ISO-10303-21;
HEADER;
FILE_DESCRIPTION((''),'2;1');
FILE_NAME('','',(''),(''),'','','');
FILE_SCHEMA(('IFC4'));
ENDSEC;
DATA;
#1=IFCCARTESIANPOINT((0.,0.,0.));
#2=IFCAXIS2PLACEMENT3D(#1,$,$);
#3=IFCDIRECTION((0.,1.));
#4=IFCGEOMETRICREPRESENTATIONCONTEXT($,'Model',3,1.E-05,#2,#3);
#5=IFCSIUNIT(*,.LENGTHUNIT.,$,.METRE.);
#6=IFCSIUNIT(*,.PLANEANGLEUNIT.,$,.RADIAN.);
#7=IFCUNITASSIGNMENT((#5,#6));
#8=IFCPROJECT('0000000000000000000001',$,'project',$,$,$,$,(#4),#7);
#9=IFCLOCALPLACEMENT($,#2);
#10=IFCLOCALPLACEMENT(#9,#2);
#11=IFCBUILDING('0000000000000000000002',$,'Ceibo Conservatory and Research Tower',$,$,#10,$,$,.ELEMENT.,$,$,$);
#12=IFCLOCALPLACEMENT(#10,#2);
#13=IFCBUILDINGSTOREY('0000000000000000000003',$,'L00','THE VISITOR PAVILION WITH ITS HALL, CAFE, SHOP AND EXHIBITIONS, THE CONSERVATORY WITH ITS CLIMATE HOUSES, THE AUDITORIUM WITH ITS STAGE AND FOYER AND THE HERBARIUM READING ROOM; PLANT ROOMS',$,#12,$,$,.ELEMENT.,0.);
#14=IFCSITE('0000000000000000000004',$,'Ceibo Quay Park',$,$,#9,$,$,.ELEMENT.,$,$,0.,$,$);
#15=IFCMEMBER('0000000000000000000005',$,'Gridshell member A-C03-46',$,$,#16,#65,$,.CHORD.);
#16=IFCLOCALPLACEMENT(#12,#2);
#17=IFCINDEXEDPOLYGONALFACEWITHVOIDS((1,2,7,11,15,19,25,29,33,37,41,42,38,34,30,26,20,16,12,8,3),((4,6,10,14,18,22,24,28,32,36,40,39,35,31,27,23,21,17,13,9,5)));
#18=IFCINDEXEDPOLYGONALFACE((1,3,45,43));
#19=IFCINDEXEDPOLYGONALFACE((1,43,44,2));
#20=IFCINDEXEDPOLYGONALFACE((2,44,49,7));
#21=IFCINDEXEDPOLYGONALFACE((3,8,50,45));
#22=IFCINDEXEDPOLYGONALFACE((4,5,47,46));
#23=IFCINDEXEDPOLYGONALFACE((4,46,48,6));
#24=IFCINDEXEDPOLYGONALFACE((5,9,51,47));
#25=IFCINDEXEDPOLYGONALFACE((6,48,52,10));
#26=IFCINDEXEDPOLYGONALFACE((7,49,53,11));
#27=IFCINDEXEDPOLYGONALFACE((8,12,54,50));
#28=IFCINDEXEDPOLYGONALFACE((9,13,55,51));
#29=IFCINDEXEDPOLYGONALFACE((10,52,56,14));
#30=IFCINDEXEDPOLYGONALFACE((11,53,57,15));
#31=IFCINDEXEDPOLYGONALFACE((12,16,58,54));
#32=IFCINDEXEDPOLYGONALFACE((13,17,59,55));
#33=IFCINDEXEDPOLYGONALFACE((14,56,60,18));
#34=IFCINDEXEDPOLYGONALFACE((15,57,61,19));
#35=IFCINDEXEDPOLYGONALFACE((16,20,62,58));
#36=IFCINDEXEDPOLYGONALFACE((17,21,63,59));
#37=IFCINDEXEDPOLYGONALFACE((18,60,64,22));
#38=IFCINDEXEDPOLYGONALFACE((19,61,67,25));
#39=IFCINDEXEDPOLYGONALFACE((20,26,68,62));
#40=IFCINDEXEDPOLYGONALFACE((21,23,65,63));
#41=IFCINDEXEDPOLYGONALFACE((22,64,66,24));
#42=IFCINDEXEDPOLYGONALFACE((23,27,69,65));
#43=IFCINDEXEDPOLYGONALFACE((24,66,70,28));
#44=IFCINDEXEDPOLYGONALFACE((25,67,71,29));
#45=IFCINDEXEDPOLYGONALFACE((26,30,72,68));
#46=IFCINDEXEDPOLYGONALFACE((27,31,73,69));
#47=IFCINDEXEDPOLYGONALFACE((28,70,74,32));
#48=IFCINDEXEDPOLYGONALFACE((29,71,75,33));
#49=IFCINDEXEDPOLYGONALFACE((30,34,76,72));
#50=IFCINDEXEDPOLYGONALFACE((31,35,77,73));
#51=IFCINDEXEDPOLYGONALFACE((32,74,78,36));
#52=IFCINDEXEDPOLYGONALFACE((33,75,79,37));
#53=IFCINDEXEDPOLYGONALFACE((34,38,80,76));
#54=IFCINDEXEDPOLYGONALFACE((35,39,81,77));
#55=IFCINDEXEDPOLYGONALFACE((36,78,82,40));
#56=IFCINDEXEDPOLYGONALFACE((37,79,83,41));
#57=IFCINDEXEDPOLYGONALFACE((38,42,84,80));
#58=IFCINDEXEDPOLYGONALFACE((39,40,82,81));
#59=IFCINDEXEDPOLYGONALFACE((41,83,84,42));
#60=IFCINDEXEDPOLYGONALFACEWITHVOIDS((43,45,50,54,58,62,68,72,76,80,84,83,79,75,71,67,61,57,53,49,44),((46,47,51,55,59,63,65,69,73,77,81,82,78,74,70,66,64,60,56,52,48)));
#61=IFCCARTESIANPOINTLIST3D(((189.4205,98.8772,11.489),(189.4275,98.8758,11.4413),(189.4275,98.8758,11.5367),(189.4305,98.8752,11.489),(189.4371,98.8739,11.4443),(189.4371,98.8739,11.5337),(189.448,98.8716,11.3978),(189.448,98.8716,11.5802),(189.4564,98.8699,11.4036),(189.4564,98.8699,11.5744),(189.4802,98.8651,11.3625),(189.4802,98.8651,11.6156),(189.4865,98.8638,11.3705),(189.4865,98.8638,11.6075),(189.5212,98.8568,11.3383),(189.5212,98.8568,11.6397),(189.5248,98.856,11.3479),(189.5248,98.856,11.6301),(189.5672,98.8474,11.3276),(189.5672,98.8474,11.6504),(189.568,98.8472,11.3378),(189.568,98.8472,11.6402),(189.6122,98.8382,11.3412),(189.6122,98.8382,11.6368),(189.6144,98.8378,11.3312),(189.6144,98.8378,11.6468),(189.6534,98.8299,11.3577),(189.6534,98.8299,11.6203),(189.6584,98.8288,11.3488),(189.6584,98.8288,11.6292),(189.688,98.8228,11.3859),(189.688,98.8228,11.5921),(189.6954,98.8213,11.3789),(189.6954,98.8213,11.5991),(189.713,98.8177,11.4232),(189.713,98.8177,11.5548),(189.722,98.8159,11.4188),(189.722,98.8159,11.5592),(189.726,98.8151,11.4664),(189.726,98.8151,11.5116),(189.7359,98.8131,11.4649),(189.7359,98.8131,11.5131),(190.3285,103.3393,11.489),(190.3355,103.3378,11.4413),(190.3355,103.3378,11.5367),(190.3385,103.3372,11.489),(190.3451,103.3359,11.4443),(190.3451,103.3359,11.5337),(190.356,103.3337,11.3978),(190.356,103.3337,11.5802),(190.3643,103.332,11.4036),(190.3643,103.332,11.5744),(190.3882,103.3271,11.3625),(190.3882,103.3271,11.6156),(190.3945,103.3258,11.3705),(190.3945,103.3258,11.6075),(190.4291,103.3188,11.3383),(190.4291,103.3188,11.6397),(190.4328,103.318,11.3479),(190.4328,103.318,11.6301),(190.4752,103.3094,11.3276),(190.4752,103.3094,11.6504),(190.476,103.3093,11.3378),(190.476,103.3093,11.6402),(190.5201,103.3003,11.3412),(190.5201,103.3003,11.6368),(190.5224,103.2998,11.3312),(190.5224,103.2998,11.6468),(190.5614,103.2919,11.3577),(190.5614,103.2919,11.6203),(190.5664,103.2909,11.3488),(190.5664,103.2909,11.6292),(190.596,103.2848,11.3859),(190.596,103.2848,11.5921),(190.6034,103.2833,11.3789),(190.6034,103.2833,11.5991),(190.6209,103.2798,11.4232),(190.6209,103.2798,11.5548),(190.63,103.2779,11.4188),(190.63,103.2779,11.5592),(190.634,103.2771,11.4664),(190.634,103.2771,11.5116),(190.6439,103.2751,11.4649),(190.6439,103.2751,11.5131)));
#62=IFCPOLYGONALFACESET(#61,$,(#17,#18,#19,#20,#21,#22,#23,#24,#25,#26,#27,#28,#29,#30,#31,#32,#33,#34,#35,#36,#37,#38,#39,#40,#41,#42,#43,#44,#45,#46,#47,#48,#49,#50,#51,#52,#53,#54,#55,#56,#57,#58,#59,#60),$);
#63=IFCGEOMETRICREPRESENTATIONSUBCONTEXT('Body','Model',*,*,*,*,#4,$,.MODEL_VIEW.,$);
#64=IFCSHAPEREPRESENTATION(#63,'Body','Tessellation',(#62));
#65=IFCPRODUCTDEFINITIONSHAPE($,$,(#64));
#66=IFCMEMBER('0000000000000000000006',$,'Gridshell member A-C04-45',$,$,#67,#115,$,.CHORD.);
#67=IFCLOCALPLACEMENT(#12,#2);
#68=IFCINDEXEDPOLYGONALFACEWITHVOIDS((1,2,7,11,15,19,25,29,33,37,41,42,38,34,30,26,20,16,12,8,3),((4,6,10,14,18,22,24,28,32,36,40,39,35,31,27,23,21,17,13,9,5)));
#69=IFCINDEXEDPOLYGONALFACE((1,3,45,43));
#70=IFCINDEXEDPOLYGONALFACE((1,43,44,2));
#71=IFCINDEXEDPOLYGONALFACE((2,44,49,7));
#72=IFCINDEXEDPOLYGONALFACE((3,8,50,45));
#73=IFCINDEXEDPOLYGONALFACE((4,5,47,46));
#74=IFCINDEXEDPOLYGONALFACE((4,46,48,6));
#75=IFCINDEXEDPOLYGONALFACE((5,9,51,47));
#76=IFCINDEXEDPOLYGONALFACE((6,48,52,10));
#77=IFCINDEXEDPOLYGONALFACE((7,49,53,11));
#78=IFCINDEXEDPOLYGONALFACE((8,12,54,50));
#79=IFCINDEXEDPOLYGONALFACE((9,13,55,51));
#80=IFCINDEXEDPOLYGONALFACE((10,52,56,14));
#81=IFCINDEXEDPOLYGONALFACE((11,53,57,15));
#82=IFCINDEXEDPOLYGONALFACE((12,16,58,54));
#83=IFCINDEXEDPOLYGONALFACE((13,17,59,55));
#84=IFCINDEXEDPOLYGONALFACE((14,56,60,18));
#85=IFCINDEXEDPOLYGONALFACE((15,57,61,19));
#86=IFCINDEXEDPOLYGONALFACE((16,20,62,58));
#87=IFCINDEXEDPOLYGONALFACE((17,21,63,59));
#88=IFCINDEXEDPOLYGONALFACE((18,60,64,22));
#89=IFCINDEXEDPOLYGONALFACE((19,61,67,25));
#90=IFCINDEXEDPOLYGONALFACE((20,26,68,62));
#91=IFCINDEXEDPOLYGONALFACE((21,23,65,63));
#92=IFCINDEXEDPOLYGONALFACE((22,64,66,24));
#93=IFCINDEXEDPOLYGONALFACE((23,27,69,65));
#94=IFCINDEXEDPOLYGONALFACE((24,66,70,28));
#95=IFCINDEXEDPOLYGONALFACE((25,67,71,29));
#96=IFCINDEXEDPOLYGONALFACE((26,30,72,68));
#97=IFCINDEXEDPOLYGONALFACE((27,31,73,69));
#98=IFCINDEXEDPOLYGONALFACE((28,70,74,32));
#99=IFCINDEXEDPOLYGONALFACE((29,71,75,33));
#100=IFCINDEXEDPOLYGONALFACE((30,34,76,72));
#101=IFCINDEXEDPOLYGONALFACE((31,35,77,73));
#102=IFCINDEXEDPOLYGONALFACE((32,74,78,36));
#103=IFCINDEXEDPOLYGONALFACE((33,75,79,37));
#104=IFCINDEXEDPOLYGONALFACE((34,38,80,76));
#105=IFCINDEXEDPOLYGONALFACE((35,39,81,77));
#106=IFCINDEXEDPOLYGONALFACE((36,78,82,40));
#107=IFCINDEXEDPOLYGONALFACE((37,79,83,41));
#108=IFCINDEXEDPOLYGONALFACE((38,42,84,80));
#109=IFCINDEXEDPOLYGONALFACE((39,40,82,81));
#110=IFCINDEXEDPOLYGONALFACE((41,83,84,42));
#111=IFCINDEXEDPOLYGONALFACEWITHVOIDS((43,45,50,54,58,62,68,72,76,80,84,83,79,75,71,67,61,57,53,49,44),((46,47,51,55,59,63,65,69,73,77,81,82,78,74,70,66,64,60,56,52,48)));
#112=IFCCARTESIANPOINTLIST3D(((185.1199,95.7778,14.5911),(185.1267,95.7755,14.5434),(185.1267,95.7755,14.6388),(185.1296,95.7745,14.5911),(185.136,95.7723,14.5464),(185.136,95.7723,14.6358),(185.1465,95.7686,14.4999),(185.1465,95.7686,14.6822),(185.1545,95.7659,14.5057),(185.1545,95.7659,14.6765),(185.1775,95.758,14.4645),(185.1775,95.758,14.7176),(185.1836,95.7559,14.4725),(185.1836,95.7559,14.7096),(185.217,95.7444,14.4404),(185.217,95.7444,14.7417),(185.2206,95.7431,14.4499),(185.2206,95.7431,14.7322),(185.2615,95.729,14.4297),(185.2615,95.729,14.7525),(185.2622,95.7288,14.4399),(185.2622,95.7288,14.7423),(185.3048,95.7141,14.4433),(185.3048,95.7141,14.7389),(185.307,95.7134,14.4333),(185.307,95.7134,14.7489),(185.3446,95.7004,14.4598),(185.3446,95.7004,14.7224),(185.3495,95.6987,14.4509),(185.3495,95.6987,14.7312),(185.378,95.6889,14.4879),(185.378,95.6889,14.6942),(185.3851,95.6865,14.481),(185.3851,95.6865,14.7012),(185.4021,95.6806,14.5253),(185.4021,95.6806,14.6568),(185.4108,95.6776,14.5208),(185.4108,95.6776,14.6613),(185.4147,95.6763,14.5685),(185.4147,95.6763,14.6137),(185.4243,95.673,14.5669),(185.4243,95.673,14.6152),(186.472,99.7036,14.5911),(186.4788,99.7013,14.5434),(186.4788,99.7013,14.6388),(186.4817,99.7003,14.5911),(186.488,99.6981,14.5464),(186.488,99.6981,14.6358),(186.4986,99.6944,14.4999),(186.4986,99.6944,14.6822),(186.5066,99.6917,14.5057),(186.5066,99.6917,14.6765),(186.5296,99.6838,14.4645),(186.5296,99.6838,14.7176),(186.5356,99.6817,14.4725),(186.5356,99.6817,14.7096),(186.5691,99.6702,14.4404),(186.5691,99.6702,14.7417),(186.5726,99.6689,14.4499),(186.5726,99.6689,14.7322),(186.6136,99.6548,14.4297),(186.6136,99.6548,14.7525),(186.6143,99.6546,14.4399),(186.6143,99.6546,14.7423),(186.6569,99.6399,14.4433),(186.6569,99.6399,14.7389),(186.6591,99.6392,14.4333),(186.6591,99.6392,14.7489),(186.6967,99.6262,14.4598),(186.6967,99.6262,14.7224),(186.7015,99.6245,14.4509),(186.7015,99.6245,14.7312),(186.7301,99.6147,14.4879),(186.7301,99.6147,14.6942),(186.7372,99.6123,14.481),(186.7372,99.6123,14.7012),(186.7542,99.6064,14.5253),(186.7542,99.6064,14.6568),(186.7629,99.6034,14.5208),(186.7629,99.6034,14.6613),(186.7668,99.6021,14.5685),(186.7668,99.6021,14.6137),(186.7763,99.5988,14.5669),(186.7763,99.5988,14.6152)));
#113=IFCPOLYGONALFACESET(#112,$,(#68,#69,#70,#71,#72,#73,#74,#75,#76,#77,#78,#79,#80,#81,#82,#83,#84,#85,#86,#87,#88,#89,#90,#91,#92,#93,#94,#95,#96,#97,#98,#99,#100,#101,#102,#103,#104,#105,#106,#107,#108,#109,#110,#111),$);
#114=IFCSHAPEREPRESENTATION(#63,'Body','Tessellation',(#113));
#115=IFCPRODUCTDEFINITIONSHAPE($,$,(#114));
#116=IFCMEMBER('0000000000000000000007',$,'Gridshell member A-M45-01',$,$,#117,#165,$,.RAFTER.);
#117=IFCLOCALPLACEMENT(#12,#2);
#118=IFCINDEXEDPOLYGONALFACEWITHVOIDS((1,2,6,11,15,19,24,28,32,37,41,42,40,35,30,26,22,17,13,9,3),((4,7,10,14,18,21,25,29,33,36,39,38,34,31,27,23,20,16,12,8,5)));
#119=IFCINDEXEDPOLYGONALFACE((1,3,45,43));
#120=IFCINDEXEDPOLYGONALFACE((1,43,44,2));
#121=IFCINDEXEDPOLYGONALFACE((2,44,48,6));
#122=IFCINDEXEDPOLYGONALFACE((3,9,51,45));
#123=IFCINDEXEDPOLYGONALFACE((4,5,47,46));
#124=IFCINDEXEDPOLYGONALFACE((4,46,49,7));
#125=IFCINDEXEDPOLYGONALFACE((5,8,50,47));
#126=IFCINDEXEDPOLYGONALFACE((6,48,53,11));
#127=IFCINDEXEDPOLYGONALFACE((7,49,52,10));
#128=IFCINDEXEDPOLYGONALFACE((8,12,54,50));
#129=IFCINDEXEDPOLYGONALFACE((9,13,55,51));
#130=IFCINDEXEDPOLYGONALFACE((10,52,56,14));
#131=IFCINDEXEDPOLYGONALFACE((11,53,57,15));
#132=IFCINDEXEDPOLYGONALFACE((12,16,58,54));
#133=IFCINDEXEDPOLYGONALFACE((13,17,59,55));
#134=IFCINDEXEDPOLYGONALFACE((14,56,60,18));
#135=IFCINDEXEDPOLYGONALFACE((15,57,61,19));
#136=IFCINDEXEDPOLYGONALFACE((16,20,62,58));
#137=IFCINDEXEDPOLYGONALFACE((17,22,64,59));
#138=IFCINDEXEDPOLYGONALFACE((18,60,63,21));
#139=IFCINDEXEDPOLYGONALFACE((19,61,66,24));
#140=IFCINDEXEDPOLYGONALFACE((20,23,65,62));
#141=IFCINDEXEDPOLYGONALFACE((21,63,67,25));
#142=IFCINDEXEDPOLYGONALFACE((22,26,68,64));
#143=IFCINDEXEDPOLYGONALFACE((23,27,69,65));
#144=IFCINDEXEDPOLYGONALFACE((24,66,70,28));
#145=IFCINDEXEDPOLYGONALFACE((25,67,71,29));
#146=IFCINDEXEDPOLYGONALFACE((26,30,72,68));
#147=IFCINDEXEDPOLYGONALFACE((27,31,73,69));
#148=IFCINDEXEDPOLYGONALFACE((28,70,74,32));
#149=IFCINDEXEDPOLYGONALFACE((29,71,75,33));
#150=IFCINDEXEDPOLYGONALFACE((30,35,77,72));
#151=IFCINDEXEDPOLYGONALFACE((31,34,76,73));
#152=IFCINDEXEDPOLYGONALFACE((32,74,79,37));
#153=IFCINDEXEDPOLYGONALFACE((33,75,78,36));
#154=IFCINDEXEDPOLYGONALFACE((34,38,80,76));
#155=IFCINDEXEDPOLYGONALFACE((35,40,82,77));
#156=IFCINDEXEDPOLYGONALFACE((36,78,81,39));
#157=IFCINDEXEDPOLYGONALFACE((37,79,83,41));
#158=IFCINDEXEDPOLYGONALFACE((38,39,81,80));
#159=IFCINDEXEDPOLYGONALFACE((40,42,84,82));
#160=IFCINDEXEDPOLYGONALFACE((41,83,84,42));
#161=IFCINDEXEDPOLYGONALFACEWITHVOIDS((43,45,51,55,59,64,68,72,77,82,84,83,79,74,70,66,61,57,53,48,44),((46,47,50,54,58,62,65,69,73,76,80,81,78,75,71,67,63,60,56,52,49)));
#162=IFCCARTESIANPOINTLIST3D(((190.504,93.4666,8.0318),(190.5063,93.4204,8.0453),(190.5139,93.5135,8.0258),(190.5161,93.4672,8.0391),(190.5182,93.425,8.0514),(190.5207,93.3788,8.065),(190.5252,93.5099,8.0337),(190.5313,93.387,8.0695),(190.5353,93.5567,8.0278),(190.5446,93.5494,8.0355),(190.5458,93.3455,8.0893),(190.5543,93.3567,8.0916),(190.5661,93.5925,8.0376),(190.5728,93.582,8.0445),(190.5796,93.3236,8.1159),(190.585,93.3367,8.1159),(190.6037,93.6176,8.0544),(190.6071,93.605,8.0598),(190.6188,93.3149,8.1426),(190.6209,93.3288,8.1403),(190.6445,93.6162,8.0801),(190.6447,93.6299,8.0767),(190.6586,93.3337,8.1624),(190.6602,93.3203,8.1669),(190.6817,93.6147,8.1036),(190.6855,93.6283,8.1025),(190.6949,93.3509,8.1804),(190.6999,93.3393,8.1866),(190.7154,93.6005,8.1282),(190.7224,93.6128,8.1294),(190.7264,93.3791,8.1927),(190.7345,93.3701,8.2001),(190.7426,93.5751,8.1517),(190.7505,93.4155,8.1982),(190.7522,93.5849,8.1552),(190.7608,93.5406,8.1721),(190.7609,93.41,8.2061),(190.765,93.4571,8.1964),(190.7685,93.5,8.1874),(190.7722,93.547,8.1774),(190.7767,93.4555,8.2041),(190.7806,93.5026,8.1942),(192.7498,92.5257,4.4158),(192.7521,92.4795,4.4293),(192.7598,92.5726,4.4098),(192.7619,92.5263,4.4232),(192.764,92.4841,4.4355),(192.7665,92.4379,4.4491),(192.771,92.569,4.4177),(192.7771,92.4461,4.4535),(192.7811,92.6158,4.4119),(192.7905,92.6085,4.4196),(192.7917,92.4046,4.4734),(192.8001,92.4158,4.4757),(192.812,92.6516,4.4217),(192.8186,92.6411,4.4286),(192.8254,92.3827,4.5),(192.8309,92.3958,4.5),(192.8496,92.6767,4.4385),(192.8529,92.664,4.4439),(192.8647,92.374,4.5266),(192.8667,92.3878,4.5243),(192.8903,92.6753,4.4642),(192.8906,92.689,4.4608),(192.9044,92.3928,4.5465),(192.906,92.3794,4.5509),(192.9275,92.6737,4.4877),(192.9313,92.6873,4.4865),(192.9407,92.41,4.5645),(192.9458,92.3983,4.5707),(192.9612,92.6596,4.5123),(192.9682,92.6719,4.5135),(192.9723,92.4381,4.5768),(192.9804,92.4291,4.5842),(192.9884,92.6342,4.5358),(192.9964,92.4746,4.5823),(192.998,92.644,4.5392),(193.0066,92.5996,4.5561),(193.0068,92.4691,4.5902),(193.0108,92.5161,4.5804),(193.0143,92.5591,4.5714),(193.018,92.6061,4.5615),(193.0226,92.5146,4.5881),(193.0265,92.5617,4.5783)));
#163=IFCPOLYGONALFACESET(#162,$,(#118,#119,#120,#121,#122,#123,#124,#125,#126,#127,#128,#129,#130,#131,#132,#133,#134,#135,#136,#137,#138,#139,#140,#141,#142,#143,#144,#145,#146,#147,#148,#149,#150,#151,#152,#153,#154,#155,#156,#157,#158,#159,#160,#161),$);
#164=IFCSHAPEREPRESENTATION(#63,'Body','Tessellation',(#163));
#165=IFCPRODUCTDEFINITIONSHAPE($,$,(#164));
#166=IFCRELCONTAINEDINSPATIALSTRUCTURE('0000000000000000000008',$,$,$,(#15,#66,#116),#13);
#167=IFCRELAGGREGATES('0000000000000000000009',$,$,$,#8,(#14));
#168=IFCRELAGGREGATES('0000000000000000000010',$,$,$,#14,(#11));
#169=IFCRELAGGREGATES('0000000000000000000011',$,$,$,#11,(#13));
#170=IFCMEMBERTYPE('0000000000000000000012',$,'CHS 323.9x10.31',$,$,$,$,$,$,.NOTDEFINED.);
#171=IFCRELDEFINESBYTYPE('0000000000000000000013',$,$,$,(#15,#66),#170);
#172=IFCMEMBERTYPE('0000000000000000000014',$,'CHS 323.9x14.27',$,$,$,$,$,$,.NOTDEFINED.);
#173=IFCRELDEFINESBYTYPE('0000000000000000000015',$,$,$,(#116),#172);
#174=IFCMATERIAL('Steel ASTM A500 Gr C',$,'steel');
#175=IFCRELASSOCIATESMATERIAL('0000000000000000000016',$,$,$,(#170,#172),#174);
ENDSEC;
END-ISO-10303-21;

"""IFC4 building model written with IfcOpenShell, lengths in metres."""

from ifc_helpers import new_model, si_unit, direction, frame, origin, origin_2d, place, context, subcontext, project, spatial, hollow_circle, extrude, material, material_profile, profile_set, type_object, element, save


model = new_model("IFC4")

# Units and contexts
model_context = context("Model", 3, precision=1e-05, world=origin(), true_north=direction((0.0, 1.0)))
body_context = subcontext(model_context, "Body", "Model", "MODEL_VIEW")
ifc_project = project(units=[si_unit("LENGTHUNIT", "METRE"), si_unit("PLANEANGLEUNIT", "RADIAN")], contexts=[model_context])

# Site, building, storey
site_placement = place(None, origin())
site = spatial("IfcSite", under=ifc_project, at=site_placement, Name="Ceibo Quay Park", CompositionType="ELEMENT", RefElevation=0.0)
building_placement = place(site_placement, origin())
building = spatial("IfcBuilding", under=site, at=building_placement, Name="Ceibo Conservatory and Research Tower", CompositionType="ELEMENT")
storey_placement = place(building_placement, origin())
storey = spatial("IfcBuildingStorey", under=building, at=storey_placement, Name="L00", Description="THE VISITOR PAVILION WITH ITS HALL, CAFE, SHOP AND EXHIBITIONS, THE CONSERVATORY WITH ITS CLIMATE HOUSES, THE AUDITORIUM WITH ITS STAGE AND FOYER AND THE HERBARIUM READING ROOM; PLANT ROOMS", CompositionType="ELEMENT", Elevation=0.0)

# Members
ifc_material_1 = material(Name="Steel ASTM A500 Gr C", Category="steel")
ifc_material_profile_1 = material_profile(ifc_material_1, hollow_circle(Radius=0.1619, WallThickness=0.0103, at=origin_2d()), Name="CHS 323.9x10.31")
ifc_profile_set_1 = profile_set([ifc_material_profile_1], Name="Steel ASTM A500 Gr C")
member_type_1 = type_object("IfcMemberType", Name="CHS 323.9x10.31", PredefinedType="NOTDEFINED", material=ifc_profile_set_1)
member_1_placement = place(storey_placement, frame((189.5791, 98.845, 11.489), z_axis=(0.199404, 0.979917, 0.0), x_axis=(-0.979917, 0.199404, 0.0)))
element("IfcMember", 1, at=member_1_placement, inside=storey, type_object=member_type_1, Name="Gridshell member A-C03-46", PredefinedType="CHORD", context=body_context, shape_type="SweptSolid", body=[
    extrude(hollow_circle(Radius=0.1619, WallThickness=0.0103, at=origin_2d()), origin(), (0.0, 0.0, 1.0), 4.5535),
])
member_2_placement = place(storey_placement, frame((185.2729, 95.7251, 14.5911), z_axis=(0.325632, 0.945497, 0.0), x_axis=(-0.945497, 0.325632, 0.0)))
element("IfcMember", 2, at=member_2_placement, inside=storey, type_object=member_type_1, Name="Gridshell member A-C04-45", PredefinedType="CHORD", context=body_context, shape_type="SweptSolid", body=[
    extrude(hollow_circle(Radius=0.1619, WallThickness=0.0103, at=origin_2d()), origin(), (0.0, 0.0, 1.0), 4.1521),
])
ifc_material_profile_2 = material_profile(ifc_material_1, hollow_circle(Radius=0.1619, WallThickness=0.0142, at=origin_2d()), Name="CHS 323.9x14.27")
ifc_profile_set_2 = profile_set([ifc_material_profile_2], Name="Steel ASTM A500 Gr C")
member_type_2 = type_object("IfcMemberType", Name="CHS 323.9x14.27", PredefinedType="NOTDEFINED", material=ifc_profile_set_2)
member_3_placement = place(storey_placement, frame((192.8879, 92.532, 4.5), z_axis=(-0.515174, 0.215836, 0.829464), x_axis=(-0.386416, -0.922325, 0.0)))
element("IfcMember", 3, at=member_3_placement, inside=storey, type_object=member_type_2, Name="Gridshell member A-M45-01", PredefinedType="RAFTER", context=body_context, shape_type="SweptSolid", body=[
    extrude(hollow_circle(Radius=0.1619, WallThickness=0.0142, at=origin_2d()), origin(), (0.0, 0.0, 1.0), 4.3594),
])

save(model, "model.ifc")
